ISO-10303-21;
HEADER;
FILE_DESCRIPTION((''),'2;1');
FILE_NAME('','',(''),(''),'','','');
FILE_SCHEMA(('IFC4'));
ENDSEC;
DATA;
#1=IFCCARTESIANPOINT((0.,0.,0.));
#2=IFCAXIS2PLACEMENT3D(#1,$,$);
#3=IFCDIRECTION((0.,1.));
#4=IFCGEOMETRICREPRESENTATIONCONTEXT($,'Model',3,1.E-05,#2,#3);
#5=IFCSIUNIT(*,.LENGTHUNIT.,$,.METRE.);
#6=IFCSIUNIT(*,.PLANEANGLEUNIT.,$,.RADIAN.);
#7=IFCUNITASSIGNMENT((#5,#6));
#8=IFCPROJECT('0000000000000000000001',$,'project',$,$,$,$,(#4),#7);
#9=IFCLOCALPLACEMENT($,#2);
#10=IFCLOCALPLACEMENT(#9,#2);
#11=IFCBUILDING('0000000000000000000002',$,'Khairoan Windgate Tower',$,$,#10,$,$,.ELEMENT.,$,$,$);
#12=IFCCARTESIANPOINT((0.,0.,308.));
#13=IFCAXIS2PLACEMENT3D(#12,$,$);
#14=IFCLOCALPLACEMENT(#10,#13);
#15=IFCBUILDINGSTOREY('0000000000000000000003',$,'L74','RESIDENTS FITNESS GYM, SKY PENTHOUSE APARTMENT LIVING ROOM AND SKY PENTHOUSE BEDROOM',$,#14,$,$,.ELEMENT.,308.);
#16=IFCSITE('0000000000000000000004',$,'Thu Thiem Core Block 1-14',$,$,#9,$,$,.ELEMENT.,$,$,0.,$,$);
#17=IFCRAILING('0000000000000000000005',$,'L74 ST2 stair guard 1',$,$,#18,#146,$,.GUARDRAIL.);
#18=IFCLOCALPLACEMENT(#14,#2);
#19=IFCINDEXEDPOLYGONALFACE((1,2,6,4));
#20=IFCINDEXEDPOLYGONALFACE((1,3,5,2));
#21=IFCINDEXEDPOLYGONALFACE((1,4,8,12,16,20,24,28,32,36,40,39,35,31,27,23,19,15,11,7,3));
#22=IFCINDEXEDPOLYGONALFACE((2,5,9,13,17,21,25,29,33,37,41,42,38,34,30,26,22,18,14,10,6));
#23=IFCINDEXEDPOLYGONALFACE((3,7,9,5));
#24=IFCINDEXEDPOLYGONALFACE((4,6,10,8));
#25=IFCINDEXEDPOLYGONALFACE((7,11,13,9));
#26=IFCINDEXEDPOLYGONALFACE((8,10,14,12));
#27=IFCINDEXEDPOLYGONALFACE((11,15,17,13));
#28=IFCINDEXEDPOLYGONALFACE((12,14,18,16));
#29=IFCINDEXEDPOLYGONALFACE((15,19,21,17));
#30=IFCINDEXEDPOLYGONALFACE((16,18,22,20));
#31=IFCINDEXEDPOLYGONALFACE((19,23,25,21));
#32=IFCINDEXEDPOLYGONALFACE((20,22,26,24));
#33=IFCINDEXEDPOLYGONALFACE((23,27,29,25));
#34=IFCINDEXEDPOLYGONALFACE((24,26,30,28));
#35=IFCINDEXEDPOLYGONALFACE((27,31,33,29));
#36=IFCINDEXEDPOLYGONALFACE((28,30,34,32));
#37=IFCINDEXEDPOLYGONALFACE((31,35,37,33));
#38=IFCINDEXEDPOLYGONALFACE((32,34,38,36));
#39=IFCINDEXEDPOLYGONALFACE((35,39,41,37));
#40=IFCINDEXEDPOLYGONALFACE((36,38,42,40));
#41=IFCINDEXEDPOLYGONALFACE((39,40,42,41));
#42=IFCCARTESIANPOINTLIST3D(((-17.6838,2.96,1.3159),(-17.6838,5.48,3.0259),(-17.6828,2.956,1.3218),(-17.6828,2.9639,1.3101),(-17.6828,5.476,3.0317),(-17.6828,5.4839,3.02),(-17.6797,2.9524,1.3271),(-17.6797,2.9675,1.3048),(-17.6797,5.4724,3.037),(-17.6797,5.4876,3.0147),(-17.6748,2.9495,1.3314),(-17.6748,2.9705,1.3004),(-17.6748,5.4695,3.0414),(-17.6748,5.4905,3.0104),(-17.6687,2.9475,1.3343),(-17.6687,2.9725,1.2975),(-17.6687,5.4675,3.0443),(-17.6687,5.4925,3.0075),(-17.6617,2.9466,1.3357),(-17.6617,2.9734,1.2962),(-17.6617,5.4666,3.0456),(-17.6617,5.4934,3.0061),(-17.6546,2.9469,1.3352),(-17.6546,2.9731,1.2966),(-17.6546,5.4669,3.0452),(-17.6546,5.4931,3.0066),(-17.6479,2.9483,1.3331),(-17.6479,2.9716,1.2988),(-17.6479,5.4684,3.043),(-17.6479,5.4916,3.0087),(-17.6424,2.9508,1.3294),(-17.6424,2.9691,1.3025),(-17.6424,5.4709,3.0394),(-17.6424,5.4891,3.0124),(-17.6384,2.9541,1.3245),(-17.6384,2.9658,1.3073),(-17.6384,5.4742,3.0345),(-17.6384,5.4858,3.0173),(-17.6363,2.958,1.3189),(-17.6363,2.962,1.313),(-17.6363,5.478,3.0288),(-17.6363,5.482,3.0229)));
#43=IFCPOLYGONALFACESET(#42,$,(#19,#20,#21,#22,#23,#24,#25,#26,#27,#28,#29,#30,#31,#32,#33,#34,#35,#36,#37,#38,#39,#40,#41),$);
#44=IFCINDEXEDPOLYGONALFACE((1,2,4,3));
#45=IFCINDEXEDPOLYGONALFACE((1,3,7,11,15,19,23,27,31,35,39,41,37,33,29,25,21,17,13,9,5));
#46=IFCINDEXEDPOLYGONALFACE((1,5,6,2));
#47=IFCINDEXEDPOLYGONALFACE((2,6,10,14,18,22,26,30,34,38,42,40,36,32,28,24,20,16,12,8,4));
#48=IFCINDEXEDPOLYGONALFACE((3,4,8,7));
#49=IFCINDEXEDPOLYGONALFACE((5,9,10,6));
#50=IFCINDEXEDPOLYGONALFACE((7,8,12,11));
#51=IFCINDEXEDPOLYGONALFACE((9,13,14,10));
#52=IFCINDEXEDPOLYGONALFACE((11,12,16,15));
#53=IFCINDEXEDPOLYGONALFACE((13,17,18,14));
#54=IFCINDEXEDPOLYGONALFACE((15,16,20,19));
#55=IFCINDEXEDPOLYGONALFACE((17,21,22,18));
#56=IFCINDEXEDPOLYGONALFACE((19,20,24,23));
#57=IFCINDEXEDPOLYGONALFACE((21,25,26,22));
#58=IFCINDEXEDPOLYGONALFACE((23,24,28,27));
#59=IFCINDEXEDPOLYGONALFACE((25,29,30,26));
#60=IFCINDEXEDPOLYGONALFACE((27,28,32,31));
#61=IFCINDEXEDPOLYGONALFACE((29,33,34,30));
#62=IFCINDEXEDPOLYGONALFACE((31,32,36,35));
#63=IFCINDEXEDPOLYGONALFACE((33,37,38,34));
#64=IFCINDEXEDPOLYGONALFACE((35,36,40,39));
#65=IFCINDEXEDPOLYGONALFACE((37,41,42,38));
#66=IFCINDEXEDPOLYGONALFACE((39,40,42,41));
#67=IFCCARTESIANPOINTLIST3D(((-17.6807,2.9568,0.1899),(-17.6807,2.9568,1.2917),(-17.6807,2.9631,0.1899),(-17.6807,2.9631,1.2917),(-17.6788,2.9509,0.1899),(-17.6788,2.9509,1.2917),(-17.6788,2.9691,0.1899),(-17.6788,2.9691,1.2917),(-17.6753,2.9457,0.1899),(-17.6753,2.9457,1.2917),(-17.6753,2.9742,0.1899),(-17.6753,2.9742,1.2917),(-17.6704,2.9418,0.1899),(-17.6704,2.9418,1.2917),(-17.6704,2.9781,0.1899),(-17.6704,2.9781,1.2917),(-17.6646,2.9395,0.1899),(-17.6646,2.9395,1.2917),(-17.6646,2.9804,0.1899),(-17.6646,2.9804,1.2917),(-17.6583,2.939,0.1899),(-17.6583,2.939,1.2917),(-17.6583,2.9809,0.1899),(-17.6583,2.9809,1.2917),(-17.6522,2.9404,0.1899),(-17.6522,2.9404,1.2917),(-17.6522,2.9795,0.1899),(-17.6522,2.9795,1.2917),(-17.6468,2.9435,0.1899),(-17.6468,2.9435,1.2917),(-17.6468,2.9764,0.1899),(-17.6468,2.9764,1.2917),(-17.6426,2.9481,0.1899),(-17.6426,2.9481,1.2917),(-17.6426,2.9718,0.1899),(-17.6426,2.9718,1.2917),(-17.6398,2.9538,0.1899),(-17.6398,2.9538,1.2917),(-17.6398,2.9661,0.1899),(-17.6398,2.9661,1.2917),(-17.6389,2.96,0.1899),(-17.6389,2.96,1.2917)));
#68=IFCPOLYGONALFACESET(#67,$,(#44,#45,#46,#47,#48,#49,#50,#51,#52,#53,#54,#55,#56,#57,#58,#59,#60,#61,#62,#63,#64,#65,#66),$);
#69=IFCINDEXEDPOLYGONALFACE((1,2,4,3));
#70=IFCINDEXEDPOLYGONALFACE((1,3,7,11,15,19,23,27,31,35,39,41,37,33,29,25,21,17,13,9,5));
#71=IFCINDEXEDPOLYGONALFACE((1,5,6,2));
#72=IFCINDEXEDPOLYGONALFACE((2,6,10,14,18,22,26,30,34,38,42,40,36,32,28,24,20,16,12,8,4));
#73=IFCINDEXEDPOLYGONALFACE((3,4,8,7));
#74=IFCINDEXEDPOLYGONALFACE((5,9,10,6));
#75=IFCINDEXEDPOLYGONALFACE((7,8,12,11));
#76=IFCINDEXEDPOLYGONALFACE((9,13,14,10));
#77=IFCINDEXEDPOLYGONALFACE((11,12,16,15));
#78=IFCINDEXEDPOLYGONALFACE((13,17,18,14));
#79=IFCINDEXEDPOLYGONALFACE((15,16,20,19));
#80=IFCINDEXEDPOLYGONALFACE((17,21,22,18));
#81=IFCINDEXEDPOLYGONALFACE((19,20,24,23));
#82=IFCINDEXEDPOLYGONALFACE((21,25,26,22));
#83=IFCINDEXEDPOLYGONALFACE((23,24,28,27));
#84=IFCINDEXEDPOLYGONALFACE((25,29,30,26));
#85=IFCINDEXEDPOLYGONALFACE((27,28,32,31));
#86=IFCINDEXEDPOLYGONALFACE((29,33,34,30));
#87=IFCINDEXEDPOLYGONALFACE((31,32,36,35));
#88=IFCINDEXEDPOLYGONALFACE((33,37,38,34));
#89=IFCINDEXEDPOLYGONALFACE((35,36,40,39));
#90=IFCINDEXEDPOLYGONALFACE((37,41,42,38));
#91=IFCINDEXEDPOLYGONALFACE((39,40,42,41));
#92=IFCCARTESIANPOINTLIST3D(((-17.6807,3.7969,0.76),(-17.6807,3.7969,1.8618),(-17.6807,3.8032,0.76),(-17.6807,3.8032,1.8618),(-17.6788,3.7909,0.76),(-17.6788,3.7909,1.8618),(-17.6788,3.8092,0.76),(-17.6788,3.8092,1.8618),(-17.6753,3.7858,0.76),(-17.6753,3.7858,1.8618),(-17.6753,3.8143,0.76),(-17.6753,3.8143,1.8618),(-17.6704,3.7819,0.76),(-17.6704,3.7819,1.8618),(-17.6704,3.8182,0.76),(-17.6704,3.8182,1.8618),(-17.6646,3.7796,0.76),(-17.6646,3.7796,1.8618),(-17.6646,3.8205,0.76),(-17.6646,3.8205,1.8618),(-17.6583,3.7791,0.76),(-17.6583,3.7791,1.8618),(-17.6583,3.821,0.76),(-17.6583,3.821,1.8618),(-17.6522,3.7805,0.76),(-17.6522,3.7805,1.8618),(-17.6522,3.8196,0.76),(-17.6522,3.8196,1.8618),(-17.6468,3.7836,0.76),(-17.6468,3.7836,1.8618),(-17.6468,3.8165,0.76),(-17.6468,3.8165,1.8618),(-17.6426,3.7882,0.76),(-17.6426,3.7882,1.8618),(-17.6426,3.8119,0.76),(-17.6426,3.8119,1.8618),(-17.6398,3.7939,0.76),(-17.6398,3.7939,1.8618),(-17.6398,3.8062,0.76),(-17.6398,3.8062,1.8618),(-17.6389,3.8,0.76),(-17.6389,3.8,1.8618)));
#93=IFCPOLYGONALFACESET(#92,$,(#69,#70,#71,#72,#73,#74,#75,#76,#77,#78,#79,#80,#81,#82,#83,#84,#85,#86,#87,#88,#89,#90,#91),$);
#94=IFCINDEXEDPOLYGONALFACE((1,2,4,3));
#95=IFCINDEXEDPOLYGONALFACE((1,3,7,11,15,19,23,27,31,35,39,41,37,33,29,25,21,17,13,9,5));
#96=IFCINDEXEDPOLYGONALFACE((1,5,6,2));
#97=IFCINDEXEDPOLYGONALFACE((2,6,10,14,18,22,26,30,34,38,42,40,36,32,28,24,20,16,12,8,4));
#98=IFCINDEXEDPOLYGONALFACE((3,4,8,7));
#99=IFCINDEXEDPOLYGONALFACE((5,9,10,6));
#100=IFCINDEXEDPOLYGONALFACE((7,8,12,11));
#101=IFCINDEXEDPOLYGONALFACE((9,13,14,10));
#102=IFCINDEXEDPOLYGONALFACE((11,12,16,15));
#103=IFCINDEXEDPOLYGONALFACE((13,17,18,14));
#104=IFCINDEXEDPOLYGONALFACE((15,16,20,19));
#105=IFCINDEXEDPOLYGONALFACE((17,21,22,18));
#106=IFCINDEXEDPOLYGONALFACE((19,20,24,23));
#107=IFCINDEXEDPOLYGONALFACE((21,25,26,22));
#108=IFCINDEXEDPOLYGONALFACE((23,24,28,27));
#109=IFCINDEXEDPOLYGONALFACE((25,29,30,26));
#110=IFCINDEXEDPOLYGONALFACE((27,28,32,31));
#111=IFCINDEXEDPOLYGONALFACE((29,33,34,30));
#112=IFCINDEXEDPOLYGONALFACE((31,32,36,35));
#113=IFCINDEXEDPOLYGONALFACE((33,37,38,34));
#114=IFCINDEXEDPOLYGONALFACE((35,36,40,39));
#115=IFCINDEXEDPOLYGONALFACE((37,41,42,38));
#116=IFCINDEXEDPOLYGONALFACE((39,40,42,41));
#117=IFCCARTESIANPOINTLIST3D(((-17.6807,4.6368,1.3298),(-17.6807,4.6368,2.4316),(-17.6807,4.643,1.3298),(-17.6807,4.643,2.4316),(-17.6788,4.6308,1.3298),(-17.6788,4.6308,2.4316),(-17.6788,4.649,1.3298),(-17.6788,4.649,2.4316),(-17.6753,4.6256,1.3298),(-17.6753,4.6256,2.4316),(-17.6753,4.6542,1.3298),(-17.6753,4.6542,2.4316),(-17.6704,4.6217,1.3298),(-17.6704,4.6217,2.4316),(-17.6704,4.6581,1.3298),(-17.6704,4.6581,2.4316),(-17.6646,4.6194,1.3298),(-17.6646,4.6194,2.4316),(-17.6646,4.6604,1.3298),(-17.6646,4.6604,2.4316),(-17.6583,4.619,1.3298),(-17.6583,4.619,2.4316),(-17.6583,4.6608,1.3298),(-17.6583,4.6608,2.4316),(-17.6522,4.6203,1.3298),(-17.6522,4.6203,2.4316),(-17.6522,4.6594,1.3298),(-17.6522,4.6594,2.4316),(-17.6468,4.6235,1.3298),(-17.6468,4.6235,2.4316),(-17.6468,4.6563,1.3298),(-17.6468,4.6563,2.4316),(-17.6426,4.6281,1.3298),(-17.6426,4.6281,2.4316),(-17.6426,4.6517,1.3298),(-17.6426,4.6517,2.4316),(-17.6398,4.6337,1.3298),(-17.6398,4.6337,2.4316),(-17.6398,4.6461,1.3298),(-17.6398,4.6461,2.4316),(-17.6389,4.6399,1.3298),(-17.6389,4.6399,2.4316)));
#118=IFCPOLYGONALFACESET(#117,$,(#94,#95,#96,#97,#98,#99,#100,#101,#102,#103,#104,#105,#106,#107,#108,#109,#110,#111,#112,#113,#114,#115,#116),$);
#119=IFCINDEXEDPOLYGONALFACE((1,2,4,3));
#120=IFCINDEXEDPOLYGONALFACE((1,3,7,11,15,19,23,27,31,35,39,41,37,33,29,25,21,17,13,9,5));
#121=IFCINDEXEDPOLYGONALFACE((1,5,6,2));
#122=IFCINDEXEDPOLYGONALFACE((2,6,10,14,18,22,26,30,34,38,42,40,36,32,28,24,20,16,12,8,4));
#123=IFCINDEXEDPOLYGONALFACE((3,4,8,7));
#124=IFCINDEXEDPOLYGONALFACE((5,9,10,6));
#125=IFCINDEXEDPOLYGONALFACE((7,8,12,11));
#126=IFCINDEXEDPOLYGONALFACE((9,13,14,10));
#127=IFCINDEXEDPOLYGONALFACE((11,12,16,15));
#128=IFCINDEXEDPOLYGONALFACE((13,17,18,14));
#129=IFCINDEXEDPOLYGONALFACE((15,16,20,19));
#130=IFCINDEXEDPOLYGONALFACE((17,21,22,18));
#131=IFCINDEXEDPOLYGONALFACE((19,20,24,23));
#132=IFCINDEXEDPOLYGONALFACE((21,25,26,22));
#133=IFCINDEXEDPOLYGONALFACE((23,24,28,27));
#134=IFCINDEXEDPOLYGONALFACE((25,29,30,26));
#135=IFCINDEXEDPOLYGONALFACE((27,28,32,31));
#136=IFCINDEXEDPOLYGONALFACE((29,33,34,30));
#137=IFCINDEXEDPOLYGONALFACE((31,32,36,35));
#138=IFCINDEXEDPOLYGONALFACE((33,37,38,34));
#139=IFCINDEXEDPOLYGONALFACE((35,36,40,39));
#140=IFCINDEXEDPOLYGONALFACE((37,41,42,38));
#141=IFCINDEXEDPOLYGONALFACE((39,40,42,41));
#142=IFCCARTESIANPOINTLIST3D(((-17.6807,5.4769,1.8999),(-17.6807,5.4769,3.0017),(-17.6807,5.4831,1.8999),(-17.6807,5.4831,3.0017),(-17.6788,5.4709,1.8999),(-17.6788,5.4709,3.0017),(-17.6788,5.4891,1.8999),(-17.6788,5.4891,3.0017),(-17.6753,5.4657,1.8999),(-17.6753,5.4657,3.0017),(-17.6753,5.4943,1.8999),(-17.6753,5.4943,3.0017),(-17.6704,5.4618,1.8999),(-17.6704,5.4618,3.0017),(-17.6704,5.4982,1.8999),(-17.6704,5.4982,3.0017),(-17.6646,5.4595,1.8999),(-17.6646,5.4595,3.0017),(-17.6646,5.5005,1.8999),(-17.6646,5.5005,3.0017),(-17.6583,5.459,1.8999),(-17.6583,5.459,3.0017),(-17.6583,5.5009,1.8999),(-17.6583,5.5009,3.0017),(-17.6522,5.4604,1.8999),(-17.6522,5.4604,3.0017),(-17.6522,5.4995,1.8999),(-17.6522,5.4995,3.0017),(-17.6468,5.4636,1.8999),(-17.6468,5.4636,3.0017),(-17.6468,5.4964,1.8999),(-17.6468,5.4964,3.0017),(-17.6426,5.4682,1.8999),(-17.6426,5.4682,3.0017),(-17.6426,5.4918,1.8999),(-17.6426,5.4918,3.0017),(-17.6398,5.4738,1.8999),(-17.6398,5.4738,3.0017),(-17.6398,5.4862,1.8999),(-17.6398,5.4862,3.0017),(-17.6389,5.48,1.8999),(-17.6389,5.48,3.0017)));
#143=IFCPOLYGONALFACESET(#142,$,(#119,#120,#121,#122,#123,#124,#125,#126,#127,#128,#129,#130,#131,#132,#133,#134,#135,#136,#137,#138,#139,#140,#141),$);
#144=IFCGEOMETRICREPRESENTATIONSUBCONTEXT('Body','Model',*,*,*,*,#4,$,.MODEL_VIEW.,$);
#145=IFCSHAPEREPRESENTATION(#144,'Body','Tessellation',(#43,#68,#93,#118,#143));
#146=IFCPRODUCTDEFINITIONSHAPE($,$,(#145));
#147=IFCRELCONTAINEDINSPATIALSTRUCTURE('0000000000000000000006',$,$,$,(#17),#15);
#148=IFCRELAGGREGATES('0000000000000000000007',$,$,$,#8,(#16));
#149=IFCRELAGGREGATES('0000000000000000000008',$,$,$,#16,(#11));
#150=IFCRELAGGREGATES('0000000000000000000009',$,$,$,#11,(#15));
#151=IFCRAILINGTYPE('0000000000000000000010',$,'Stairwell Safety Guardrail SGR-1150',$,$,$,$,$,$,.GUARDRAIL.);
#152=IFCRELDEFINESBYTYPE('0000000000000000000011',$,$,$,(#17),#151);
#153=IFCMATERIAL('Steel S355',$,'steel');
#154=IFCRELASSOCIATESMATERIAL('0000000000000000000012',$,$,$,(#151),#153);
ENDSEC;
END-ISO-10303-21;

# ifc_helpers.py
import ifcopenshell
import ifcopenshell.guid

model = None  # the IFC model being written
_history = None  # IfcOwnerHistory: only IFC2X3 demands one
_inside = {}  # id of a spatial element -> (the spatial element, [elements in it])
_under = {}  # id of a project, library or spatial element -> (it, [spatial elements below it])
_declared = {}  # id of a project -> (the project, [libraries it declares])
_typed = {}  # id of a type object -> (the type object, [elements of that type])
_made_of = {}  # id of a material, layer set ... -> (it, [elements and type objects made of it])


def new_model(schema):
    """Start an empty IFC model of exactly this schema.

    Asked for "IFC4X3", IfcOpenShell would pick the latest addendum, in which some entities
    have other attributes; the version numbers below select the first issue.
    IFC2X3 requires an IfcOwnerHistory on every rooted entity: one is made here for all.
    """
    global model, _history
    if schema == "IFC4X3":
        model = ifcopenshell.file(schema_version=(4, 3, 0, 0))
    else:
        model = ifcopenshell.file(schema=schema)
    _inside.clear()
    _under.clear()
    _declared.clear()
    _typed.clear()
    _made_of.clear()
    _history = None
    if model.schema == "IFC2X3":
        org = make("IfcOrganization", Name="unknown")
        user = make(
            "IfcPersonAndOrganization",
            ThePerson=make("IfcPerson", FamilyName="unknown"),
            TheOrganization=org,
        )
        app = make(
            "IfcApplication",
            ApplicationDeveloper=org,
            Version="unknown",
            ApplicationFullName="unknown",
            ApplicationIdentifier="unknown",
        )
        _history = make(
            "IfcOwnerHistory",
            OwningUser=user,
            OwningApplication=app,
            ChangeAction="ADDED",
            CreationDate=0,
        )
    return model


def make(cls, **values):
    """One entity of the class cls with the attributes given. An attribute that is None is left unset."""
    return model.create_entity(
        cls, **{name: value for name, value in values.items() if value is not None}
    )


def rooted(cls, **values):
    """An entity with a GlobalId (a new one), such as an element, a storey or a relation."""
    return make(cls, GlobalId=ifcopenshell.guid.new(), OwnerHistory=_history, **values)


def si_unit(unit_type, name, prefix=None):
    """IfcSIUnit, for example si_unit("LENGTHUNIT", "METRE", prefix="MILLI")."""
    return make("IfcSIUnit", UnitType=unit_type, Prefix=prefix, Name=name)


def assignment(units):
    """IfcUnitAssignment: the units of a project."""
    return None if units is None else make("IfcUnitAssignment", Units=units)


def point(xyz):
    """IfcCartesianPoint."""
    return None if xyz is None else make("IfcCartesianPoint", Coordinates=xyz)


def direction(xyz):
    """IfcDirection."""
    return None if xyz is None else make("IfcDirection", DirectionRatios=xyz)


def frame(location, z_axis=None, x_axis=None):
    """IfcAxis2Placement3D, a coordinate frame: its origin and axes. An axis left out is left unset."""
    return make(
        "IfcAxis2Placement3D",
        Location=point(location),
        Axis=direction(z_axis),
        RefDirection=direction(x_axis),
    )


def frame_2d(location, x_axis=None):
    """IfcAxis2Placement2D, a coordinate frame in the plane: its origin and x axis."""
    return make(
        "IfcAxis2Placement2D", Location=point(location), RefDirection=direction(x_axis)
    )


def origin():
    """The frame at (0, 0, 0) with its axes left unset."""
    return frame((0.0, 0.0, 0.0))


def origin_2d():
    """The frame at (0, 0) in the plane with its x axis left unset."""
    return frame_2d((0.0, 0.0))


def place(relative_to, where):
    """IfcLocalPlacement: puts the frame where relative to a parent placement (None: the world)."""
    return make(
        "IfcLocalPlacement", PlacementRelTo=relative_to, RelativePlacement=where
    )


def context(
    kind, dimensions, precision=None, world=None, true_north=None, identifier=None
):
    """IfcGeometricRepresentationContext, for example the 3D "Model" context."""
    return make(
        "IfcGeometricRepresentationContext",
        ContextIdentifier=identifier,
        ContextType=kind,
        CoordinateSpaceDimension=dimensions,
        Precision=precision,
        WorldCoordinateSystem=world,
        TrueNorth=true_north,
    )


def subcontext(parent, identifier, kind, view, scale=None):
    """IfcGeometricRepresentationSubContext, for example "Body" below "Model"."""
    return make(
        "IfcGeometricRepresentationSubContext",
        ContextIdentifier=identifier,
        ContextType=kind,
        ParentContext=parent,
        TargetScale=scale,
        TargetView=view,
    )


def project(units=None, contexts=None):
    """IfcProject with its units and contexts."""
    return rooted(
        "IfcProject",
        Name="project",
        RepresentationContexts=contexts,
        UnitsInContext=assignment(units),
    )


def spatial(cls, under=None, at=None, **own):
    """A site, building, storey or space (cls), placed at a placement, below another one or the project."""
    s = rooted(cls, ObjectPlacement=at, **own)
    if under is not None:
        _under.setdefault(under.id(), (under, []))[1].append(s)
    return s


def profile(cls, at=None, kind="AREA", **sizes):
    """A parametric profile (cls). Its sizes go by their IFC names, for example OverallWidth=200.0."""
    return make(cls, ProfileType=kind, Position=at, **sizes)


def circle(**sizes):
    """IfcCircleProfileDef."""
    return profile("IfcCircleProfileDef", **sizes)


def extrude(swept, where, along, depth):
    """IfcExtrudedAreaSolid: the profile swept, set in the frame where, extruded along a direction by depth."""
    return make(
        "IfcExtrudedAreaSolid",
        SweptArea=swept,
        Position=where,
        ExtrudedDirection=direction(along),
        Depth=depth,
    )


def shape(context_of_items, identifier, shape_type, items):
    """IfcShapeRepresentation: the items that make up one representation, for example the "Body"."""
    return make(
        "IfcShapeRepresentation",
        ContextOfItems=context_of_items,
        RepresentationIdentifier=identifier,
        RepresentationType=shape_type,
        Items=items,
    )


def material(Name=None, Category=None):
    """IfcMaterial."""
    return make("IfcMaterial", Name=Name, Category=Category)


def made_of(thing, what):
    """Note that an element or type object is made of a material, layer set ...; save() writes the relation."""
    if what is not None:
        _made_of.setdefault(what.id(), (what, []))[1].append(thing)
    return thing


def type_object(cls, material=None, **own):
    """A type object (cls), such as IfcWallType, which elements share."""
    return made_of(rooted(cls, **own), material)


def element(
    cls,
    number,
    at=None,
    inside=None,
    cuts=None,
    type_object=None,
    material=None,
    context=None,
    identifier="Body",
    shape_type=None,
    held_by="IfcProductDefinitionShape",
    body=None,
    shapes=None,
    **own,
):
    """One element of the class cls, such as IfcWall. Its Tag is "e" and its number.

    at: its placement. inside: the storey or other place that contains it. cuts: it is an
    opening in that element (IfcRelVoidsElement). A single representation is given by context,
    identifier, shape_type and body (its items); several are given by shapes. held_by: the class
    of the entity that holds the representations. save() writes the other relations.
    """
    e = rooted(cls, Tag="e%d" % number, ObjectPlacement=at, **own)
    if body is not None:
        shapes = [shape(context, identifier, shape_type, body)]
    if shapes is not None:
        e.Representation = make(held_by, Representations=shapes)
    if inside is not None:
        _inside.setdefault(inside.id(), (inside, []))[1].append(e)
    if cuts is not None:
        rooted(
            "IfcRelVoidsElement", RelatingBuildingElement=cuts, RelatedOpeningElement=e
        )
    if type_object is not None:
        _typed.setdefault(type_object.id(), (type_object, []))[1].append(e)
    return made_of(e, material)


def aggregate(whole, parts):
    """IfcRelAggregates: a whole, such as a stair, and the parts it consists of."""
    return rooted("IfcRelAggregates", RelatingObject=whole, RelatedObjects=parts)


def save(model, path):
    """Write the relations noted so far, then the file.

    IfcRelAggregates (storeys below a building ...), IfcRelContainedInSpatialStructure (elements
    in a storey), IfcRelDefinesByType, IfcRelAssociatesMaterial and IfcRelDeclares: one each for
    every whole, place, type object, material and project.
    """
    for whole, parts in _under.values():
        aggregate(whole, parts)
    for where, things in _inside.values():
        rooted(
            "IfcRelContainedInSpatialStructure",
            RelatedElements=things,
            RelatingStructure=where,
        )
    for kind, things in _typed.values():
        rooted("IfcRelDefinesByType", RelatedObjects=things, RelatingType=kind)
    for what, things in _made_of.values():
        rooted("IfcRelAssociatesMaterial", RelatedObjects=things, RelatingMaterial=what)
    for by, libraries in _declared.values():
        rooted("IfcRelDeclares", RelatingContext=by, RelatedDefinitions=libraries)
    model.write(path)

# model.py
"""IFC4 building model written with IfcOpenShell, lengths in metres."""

from ifc_helpers import new_model, si_unit, direction, frame, origin, origin_2d, place, context, subcontext, project, spatial, circle, extrude, material, type_object, element, save


model = new_model("IFC4")

# Units and contexts
model_context = context("Model", 3, precision=1e-05, world=origin(), true_north=direction((0.0, 1.0)))
body_context = subcontext(model_context, "Body", "Model", "MODEL_VIEW")
ifc_project = project(units=[si_unit("LENGTHUNIT", "METRE"), si_unit("PLANEANGLEUNIT", "RADIAN")], contexts=[model_context])

# Site, building, storey
site_placement = place(None, origin())
site = spatial("IfcSite", under=ifc_project, at=site_placement, Name="Thu Thiem Core Block 1-14", CompositionType="ELEMENT", RefElevation=0.0)
building_placement = place(site_placement, origin())
building = spatial("IfcBuilding", under=site, at=building_placement, Name="Khairoan Windgate Tower", CompositionType="ELEMENT")
storey_placement = place(building_placement, frame((0.0, 0.0, 308.0)))
storey = spatial("IfcBuildingStorey", under=building, at=storey_placement, Name="L74", Description="RESIDENTS FITNESS GYM, SKY PENTHOUSE APARTMENT LIVING ROOM AND SKY PENTHOUSE BEDROOM", CompositionType="ELEMENT", Elevation=308.0)

# Railing
ifc_material_1 = material(Name="Steel S355", Category="steel")
railing_type_1 = type_object("IfcRailingType", Name="Stairwell Safety Guardrail SGR-1150", PredefinedType="GUARDRAIL", material=ifc_material_1)
railing_1_placement = place(storey_placement, frame((-17.6599, 2.96, 0.1899)))
element("IfcRailing", 1, at=railing_1_placement, inside=storey, type_object=railing_type_1, Name="L74 ST2 stair guard 1", PredefinedType="GUARDRAIL", context=body_context, shape_type="SweptSolid", body=[
    extrude(circle(Radius=0.0239, at=origin_2d()), frame((0.0, 0.0, 1.126), z_axis=(0.0, 0.827484, 0.56149), x_axis=(-1.0, 0.0, 0.0)), (0.0, 0.0, 1.0), 3.0454),
    extrude(circle(Radius=0.021, at=origin_2d()), origin(), (0.0, 0.0, 1.0), 1.1018),
    extrude(circle(Radius=0.021, at=origin_2d()), frame((0.0, 0.8401, 0.5701)), (0.0, 0.0, 1.0), 1.1018),
    extrude(circle(Radius=0.021, at=origin_2d()), frame((0.0, 1.6799, 1.1399)), (0.0, 0.0, 1.0), 1.1018),
    extrude(circle(Radius=0.021, at=origin_2d()), frame((0.0, 2.52, 1.71)), (0.0, 0.0, 1.0), 1.1018),
])

save(model, "model.ifc")
